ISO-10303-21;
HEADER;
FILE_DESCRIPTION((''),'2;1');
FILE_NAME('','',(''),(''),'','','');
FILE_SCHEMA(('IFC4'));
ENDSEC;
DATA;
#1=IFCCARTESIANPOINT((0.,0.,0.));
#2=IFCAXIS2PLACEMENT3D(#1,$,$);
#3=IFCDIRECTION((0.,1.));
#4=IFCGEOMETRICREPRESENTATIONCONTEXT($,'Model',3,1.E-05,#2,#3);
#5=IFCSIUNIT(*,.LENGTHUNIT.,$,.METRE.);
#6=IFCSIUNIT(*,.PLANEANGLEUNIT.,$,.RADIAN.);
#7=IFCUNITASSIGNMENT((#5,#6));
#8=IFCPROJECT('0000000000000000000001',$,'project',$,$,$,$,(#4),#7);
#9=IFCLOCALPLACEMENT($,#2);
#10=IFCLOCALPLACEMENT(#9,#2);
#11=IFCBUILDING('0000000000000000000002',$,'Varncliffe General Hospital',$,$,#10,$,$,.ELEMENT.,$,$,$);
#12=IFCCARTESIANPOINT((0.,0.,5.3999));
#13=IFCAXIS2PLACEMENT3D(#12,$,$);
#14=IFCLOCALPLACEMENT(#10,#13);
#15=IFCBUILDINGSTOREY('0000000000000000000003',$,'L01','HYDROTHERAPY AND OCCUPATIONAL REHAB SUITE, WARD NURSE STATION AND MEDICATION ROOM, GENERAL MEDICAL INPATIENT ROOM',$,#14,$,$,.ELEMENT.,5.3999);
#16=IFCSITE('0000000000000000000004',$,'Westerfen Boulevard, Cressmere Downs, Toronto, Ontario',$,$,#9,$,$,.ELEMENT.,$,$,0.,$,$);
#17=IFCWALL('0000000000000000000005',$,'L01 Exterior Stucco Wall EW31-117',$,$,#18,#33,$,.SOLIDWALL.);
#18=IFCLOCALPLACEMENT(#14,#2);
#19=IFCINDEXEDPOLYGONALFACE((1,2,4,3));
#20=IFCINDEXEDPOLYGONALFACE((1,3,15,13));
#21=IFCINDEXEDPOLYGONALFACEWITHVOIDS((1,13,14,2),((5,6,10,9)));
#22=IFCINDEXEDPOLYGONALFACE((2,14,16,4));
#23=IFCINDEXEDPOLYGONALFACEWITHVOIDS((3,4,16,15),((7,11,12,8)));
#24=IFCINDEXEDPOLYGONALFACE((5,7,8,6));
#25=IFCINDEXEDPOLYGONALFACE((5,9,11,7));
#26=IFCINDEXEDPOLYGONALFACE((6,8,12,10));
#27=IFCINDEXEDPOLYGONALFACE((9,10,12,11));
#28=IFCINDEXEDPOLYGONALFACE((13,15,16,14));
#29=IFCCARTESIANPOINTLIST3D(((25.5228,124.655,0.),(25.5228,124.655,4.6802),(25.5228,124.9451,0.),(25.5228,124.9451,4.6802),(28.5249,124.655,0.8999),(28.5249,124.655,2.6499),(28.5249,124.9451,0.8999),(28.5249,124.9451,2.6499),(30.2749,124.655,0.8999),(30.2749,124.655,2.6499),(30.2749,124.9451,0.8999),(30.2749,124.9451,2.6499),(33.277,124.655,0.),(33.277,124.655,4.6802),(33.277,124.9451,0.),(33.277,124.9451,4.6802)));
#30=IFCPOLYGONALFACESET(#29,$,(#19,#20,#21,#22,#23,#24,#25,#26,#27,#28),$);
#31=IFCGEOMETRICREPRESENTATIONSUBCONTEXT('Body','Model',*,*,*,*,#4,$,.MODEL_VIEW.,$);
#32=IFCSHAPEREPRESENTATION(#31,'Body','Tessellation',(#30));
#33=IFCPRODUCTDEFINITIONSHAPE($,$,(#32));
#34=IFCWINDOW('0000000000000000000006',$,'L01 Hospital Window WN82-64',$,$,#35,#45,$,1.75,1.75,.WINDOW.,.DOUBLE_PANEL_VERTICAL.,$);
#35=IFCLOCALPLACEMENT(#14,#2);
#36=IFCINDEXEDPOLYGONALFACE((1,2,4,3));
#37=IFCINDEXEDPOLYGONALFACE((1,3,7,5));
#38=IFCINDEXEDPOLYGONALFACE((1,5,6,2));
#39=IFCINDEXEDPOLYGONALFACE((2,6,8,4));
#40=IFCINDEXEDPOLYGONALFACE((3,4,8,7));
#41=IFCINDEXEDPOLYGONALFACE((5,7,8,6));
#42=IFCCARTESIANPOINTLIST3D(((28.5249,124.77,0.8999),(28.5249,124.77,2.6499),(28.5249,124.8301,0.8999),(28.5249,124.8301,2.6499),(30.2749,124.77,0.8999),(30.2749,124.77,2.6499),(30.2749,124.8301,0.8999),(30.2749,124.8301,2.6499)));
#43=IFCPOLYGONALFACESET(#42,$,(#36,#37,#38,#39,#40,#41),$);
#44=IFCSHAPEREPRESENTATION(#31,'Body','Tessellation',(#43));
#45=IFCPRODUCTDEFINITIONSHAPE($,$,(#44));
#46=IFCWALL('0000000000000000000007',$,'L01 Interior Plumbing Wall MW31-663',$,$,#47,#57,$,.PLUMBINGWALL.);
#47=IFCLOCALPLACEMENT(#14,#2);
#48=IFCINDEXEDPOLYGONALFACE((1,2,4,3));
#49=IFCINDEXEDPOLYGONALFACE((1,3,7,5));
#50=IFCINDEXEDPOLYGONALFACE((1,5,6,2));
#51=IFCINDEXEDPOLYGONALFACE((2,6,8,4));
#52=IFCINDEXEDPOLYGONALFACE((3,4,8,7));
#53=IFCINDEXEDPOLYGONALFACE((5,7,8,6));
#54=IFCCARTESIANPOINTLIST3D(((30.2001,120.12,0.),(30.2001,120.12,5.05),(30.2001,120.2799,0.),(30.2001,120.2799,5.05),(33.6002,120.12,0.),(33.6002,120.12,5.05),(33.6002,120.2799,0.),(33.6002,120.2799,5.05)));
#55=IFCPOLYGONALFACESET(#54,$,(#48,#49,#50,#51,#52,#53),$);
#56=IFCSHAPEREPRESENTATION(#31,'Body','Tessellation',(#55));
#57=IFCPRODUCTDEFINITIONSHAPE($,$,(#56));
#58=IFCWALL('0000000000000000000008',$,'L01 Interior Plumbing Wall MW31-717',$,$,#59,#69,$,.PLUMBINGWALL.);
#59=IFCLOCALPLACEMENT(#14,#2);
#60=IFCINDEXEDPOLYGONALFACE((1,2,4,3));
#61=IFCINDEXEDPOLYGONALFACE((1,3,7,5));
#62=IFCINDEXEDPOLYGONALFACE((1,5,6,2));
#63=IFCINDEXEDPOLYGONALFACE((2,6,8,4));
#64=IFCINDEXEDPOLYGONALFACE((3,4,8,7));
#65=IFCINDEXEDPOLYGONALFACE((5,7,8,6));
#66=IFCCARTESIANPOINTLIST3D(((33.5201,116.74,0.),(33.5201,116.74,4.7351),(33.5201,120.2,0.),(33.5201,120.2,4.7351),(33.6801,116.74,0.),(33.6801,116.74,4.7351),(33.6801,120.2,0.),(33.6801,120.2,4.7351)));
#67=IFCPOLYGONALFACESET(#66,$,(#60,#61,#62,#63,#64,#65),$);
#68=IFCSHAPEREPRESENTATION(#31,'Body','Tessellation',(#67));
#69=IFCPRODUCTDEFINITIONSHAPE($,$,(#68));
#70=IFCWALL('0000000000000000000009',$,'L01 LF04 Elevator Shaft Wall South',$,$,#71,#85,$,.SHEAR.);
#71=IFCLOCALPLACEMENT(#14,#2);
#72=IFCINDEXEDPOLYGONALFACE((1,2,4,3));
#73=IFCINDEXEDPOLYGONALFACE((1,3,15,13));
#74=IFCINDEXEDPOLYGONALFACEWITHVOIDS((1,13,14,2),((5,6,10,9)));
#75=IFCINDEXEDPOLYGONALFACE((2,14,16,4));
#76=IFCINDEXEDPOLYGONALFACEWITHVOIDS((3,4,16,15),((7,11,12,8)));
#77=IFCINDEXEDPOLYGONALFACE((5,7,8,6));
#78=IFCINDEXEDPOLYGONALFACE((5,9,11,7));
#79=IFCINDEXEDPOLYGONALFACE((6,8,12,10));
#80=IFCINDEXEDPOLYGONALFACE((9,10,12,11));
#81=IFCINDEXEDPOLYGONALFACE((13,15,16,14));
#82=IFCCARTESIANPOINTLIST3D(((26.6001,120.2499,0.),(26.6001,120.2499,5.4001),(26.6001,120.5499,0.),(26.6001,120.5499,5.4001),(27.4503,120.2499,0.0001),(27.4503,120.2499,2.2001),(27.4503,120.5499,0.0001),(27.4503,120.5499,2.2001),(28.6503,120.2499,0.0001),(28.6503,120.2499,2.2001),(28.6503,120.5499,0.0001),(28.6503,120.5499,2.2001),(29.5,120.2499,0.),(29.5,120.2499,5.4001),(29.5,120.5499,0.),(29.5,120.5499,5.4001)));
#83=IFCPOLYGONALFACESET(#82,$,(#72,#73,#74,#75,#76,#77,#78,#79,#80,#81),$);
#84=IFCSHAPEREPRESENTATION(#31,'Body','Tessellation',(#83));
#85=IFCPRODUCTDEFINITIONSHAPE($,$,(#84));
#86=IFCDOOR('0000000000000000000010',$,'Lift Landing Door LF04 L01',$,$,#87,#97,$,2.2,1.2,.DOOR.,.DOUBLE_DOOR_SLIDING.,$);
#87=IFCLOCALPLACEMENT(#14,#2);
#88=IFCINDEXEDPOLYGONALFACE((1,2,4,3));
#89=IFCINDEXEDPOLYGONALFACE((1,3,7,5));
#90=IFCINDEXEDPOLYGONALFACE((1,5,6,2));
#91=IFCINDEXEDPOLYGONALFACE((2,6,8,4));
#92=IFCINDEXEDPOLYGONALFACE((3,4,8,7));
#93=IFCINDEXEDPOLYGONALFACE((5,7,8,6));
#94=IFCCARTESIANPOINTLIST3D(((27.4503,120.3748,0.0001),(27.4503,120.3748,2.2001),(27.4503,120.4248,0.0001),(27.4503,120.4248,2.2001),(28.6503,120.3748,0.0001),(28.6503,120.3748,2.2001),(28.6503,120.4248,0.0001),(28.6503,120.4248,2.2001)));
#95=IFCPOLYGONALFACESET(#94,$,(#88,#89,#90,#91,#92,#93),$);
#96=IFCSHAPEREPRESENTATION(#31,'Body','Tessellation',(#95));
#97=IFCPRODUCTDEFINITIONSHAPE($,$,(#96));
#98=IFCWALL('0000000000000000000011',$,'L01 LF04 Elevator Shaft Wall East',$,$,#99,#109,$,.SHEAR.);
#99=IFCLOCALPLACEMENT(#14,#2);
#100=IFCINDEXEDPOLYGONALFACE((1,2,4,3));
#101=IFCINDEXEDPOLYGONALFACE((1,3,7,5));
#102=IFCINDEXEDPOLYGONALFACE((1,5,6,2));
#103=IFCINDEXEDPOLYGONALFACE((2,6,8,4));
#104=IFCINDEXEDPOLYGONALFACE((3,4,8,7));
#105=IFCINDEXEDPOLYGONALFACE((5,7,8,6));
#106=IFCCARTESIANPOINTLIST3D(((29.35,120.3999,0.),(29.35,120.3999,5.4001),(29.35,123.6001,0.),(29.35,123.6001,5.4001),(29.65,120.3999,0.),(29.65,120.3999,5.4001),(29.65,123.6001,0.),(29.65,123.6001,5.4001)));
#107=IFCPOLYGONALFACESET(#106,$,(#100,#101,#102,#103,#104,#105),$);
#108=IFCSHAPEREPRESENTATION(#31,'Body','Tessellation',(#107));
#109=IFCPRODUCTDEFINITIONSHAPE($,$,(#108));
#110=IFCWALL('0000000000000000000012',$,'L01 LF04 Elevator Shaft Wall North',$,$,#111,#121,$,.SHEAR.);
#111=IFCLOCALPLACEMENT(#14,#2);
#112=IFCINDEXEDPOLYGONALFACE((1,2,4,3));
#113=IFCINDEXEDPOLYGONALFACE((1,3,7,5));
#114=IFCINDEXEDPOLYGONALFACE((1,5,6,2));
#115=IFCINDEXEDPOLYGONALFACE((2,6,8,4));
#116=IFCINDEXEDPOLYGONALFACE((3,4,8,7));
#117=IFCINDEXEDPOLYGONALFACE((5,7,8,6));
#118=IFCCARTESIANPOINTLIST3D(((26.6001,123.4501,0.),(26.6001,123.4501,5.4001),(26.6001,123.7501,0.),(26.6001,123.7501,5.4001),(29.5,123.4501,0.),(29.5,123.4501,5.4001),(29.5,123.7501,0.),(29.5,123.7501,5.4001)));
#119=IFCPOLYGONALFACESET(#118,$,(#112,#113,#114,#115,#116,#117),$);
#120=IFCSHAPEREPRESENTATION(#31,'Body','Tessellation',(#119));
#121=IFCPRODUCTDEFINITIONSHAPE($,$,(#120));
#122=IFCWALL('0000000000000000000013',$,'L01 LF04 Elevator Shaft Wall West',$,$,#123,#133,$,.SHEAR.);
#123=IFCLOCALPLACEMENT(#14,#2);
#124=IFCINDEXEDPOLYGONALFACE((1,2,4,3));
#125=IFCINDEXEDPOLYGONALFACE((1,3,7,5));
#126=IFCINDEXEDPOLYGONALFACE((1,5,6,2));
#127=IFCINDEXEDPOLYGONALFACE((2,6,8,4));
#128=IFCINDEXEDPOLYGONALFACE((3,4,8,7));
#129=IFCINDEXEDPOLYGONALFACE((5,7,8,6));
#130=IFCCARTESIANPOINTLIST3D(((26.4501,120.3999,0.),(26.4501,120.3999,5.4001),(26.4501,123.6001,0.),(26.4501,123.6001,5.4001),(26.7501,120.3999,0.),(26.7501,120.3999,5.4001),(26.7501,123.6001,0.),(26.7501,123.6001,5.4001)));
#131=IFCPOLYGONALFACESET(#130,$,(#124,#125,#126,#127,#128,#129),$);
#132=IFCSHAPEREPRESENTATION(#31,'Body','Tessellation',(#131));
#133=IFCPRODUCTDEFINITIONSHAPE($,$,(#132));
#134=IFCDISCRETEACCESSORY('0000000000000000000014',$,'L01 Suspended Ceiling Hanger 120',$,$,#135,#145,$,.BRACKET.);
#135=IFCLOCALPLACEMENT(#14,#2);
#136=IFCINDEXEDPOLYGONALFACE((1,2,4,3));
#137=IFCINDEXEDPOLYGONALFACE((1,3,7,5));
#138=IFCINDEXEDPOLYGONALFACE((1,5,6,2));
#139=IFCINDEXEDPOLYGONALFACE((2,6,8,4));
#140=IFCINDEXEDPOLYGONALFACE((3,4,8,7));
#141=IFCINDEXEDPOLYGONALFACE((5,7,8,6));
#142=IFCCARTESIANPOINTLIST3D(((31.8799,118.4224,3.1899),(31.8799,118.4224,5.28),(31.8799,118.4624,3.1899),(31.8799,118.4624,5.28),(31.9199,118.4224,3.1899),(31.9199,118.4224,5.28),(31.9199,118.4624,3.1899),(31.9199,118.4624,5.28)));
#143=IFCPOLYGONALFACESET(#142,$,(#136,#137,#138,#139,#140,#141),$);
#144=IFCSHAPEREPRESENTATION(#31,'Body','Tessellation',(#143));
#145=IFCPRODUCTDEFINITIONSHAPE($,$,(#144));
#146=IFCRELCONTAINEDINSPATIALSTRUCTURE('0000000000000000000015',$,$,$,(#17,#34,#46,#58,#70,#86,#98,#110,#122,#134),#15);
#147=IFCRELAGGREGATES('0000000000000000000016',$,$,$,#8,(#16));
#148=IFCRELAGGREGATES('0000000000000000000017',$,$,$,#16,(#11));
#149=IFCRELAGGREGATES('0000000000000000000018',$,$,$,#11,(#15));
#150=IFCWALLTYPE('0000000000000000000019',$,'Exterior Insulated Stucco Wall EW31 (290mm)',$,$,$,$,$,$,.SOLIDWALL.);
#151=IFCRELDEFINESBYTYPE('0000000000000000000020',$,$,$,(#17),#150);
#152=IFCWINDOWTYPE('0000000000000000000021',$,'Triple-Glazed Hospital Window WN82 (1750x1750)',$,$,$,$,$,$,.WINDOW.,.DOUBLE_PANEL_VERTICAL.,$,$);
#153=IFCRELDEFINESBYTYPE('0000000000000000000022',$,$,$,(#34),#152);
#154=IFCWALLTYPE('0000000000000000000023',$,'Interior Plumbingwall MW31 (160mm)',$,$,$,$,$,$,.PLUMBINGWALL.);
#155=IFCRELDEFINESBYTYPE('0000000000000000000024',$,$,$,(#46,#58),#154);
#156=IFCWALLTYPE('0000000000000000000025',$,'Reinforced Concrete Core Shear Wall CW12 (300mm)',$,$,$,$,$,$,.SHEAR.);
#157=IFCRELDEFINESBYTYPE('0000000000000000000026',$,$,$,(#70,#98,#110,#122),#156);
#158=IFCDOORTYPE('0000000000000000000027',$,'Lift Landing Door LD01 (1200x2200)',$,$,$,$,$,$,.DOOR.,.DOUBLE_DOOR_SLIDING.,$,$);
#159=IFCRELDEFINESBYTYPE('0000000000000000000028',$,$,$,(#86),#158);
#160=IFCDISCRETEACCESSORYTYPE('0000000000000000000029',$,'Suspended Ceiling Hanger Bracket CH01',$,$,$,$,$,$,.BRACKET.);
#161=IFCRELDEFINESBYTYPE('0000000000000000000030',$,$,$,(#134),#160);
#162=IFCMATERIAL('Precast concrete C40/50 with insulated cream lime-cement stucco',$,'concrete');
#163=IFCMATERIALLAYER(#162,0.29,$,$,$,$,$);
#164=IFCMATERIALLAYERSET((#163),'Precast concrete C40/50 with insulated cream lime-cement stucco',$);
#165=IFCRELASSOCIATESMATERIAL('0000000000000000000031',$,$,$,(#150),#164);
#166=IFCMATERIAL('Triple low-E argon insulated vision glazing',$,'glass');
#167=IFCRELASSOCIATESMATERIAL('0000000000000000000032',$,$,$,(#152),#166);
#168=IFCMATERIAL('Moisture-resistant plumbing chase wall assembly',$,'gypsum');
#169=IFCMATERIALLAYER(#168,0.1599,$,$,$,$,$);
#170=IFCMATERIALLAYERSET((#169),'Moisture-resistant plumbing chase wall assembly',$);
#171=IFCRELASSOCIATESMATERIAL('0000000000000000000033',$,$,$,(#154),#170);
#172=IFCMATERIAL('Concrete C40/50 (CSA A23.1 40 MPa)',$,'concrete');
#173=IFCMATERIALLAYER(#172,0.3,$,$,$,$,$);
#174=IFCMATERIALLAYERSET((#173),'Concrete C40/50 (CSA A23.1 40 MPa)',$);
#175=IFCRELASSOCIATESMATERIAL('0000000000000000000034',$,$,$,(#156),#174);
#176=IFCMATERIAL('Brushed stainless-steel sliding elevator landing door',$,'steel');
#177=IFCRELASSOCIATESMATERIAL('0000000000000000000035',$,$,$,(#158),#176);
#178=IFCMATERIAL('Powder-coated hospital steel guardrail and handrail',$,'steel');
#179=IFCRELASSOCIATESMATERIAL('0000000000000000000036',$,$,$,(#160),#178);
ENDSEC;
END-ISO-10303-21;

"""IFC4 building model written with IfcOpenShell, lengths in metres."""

from ifc_helpers import new_model, si_unit, direction, frame, frame_2d, origin, origin_2d, place, context, subcontext, project, spatial, rectangle, extrude, material, layer, layer_set, type_object, element, fill, save


model = new_model("IFC4")

# Units and contexts
model_context = context("Model", 3, precision=1e-05, world=origin(), true_north=direction((0.0, 1.0)))
body_context = subcontext(model_context, "Body", "Model", "MODEL_VIEW")
ifc_project = project(units=[si_unit("LENGTHUNIT", "METRE"), si_unit("PLANEANGLEUNIT", "RADIAN")], contexts=[model_context])

# Site, building, storey
site_placement = place(None, origin())
site = spatial("IfcSite", under=ifc_project, at=site_placement, Name="Westerfen Boulevard, Cressmere Downs, Toronto, Ontario", CompositionType="ELEMENT", RefElevation=0.0)
building_placement = place(site_placement, origin())
building = spatial("IfcBuilding", under=site, at=building_placement, Name="Varncliffe General Hospital", CompositionType="ELEMENT")
storey_placement = place(building_placement, frame((0.0, 0.0, 5.3999)))
storey = spatial("IfcBuildingStorey", under=building, at=storey_placement, Name="L01", Description="HYDROTHERAPY AND OCCUPATIONAL REHAB SUITE, WARD NURSE STATION AND MEDICATION ROOM, GENERAL MEDICAL INPATIENT ROOM", CompositionType="ELEMENT", Elevation=5.3999)

# Shared definitions
ifc_material_1 = material(Name="Concrete C40/50 (CSA A23.1 40 MPa)", Category="concrete")

# Wall, opening, window
ifc_material_2 = material(Name="Precast concrete C40/50 with insulated cream lime-cement stucco", Category="concrete")
ifc_material_3 = material(Name="Triple low-E argon insulated vision glazing", Category="glass")
ifc_layer_1 = layer(ifc_material_2, 0.29)
ifc_layer_set_1 = layer_set([ifc_layer_1], Name="Precast concrete C40/50 with insulated cream lime-cement stucco")
wall_type_1 = type_object("IfcWallType", Name="Exterior Insulated Stucco Wall EW31 (290mm)", PredefinedType="SOLIDWALL", material=ifc_layer_set_1)
wall_1_placement = place(storey_placement, frame((25.5229, 124.8, 0.0), z_axis=(0.0, 0.0, 1.0), x_axis=(1.0, 0.0, 0.0)))
wall_1 = element("IfcWall", 1, at=wall_1_placement, inside=storey, type_object=wall_type_1, Name="L01 Exterior Stucco Wall EW31-117", PredefinedType="SOLIDWALL", context=body_context, shape_type="SweptSolid", body=[
    extrude(rectangle(XDim=7.7542, YDim=0.29, at=frame_2d((3.877, 0.0))), origin(), (0.0, 0.0, 1.0), 4.6802),
])
opening_1_placement = place(wall_1_placement, frame((3.002, 0.0, 0.8999)))
opening_1 = element("IfcOpeningElement", 2, at=opening_1_placement, cuts=wall_1, PredefinedType="OPENING", context=body_context, shape_type="SweptSolid", body=[
    extrude(rectangle(XDim=1.75, YDim=1.75, at=frame_2d((0.875, 0.875))), frame((0.0, 0.155, 0.0), z_axis=(0.0, -1.0, 0.0), x_axis=(1.0, 0.0, 0.0)), (0.0, 0.0, 1.0), 0.3101),
])
window_type_1 = type_object("IfcWindowType", Name="Triple-Glazed Hospital Window WN82 (1750x1750)", PartitioningType="DOUBLE_PANEL_VERTICAL", PredefinedType="WINDOW", material=ifc_material_3)
window_1_placement = place(opening_1_placement, origin())
window_1 = element("IfcWindow", 3, at=window_1_placement, inside=storey, type_object=window_type_1, Name="L01 Hospital Window WN82-64", OverallHeight=1.75, OverallWidth=1.75, PartitioningType="DOUBLE_PANEL_VERTICAL", PredefinedType="WINDOW", context=body_context, shape_type="SweptSolid", body=[
    extrude(rectangle(XDim=1.75, YDim=1.75, at=frame_2d((0.875, 0.875))), frame((0.0, 0.03, 0.0), z_axis=(0.0, -1.0, 0.0), x_axis=(1.0, 0.0, 0.0)), (0.0, 0.0, 1.0), 0.0601),
])
fill(opening_1, window_1)

# Walls
ifc_material_4 = material(Name="Moisture-resistant plumbing chase wall assembly", Category="gypsum")
ifc_layer_2 = layer(ifc_material_4, 0.1599)
ifc_layer_set_2 = layer_set([ifc_layer_2], Name="Moisture-resistant plumbing chase wall assembly")
wall_type_2 = type_object("IfcWallType", Name="Interior Plumbingwall MW31 (160mm)", PredefinedType="PLUMBINGWALL", material=ifc_layer_set_2)
wall_2_placement = place(storey_placement, frame((30.2, 120.2, 0.0), z_axis=(0.0, 0.0, 1.0), x_axis=(1.0, 0.0, 0.0)))
element("IfcWall", 4, at=wall_2_placement, inside=storey, type_object=wall_type_2, Name="L01 Interior Plumbing Wall MW31-663", PredefinedType="PLUMBINGWALL", context=body_context, shape_type="SweptSolid", body=[
    extrude(rectangle(XDim=3.4001, YDim=0.1599, at=frame_2d((1.7002, 0.0))), origin(), (0.0, 0.0, 1.0), 5.05),
])
wall_3_placement = place(storey_placement, frame((33.6001, 116.74, 0.0), z_axis=(0.0, 0.0, 1.0), x_axis=(0.0, 1.0, 0.0)))
element("IfcWall", 5, at=wall_3_placement, inside=storey, type_object=wall_type_2, Name="L01 Interior Plumbing Wall MW31-717", PredefinedType="PLUMBINGWALL", context=body_context, shape_type="SweptSolid", body=[
    extrude(rectangle(XDim=3.46, YDim=0.1599, at=frame_2d((1.73, 0.0))), origin(), (0.0, 0.0, 1.0), 4.7351),
])

# Wall, opening, door
ifc_layer_3 = layer(ifc_material_1, 0.3)
ifc_layer_set_3 = layer_set([ifc_layer_3], Name="Concrete C40/50 (CSA A23.1 40 MPa)")
wall_type_3 = type_object("IfcWallType", Name="Reinforced Concrete Core Shear Wall CW12 (300mm)", PredefinedType="SHEAR", material=ifc_layer_set_3)
wall_4_placement = place(storey_placement, frame((26.6001, 120.3999, 0.0), z_axis=(0.0, 0.0, 1.0), x_axis=(1.0, 0.0, 0.0)))
wall_4 = element("IfcWall", 6, at=wall_4_placement, inside=storey, type_object=wall_type_3, Name="L01 LF04 Elevator Shaft Wall South", PredefinedType="SHEAR", context=body_context, shape_type="SweptSolid", body=[
    extrude(rectangle(XDim=2.8999, YDim=0.3, at=frame_2d((1.45, 0.0))), origin(), (0.0, 0.0, 1.0), 5.4001),
])
opening_2_placement = place(wall_4_placement, frame((0.8501, 0.0, 0.0)))
opening_2 = element("IfcOpeningElement", 7, at=opening_2_placement, cuts=wall_4, PredefinedType="OPENING", context=body_context, shape_type="SweptSolid", body=[
    extrude(rectangle(XDim=1.2, YDim=2.2, at=frame_2d((0.6001, 1.1001))), frame((0.0, 0.1602, 0.0), z_axis=(0.0, -1.0, 0.0), x_axis=(1.0, 0.0, 0.0)), (0.0, 0.0, 1.0), 0.3201),
])
ifc_material_5 = material(Name="Brushed stainless-steel sliding elevator landing door", Category="steel")
door_type = type_object("IfcDoorType", Name="Lift Landing Door LD01 (1200x2200)", OperationType="DOUBLE_DOOR_SLIDING", PredefinedType="DOOR", material=ifc_material_5)
door_placement = place(opening_2_placement, origin())
door = element("IfcDoor", 8, at=door_placement, inside=storey, type_object=door_type, Name="Lift Landing Door LF04 L01", OperationType="DOUBLE_DOOR_SLIDING", OverallHeight=2.2, OverallWidth=1.2, PredefinedType="DOOR", context=body_context, shape_type="SweptSolid", body=[
    extrude(rectangle(XDim=1.2, YDim=2.2, at=frame_2d((0.6001, 1.1001))), frame((0.0, 0.0249, 0.0), z_axis=(0.0, -1.0, 0.0), x_axis=(1.0, 0.0, 0.0)), (0.0, 0.0, 1.0), 0.05),
])
fill(opening_2, door)

# Walls
wall_5_placement = place(storey_placement, frame((29.5, 120.3999, 0.0), z_axis=(0.0, 0.0, 1.0), x_axis=(0.0, 1.0, 0.0)))
element("IfcWall", 9, at=wall_5_placement, inside=storey, type_object=wall_type_3, Name="L01 LF04 Elevator Shaft Wall East", PredefinedType="SHEAR", context=body_context, shape_type="SweptSolid", body=[
    extrude(rectangle(XDim=3.2002, YDim=0.3, at=frame_2d((1.6001, 0.0))), origin(), (0.0, 0.0, 1.0), 5.4001),
])
wall_6_placement = place(storey_placement, frame((29.5, 123.6001, 0.0), z_axis=(0.0, 0.0, 1.0), x_axis=(-1.0, 0.0, 0.0)))
element("IfcWall", 10, at=wall_6_placement, inside=storey, type_object=wall_type_3, Name="L01 LF04 Elevator Shaft Wall North", PredefinedType="SHEAR", context=body_context, shape_type="SweptSolid", body=[
    extrude(rectangle(XDim=2.8999, YDim=0.3, at=frame_2d((1.45, 0.0))), origin(), (0.0, 0.0, 1.0), 5.4001),
])
wall_7_placement = place(storey_placement, frame((26.6001, 123.6001, 0.0), z_axis=(0.0, 0.0, 1.0), x_axis=(0.0, -1.0, 0.0)))
element("IfcWall", 11, at=wall_7_placement, inside=storey, type_object=wall_type_3, Name="L01 LF04 Elevator Shaft Wall West", PredefinedType="SHEAR", context=body_context, shape_type="SweptSolid", body=[
    extrude(rectangle(XDim=3.2002, YDim=0.3, at=frame_2d((1.6001, 0.0))), origin(), (0.0, 0.0, 1.0), 5.4001),
])

# Discrete accessory
ifc_material_6 = material(Name="Powder-coated hospital steel guardrail and handrail", Category="steel")
discrete_accessory_type = type_object("IfcDiscreteAccessoryType", Name="Suspended Ceiling Hanger Bracket CH01", PredefinedType="BRACKET", material=ifc_material_6)
discrete_accessory_placement = place(storey_placement, frame((31.8999, 118.4424, 3.1899), z_axis=(0.0, 0.0, 1.0), x_axis=(1.0, 0.0, 0.0)))
element("IfcDiscreteAccessory", 12, at=discrete_accessory_placement, inside=storey, type_object=discrete_accessory_type, Name="L01 Suspended Ceiling Hanger 120", PredefinedType="BRACKET", context=body_context, shape_type="SweptSolid", body=[
    extrude(rectangle(XDim=0.04, YDim=0.04, at=origin_2d()), origin(), (0.0, 0.0, 1.0), 2.0901),
])

save(model, "model.ifc")
